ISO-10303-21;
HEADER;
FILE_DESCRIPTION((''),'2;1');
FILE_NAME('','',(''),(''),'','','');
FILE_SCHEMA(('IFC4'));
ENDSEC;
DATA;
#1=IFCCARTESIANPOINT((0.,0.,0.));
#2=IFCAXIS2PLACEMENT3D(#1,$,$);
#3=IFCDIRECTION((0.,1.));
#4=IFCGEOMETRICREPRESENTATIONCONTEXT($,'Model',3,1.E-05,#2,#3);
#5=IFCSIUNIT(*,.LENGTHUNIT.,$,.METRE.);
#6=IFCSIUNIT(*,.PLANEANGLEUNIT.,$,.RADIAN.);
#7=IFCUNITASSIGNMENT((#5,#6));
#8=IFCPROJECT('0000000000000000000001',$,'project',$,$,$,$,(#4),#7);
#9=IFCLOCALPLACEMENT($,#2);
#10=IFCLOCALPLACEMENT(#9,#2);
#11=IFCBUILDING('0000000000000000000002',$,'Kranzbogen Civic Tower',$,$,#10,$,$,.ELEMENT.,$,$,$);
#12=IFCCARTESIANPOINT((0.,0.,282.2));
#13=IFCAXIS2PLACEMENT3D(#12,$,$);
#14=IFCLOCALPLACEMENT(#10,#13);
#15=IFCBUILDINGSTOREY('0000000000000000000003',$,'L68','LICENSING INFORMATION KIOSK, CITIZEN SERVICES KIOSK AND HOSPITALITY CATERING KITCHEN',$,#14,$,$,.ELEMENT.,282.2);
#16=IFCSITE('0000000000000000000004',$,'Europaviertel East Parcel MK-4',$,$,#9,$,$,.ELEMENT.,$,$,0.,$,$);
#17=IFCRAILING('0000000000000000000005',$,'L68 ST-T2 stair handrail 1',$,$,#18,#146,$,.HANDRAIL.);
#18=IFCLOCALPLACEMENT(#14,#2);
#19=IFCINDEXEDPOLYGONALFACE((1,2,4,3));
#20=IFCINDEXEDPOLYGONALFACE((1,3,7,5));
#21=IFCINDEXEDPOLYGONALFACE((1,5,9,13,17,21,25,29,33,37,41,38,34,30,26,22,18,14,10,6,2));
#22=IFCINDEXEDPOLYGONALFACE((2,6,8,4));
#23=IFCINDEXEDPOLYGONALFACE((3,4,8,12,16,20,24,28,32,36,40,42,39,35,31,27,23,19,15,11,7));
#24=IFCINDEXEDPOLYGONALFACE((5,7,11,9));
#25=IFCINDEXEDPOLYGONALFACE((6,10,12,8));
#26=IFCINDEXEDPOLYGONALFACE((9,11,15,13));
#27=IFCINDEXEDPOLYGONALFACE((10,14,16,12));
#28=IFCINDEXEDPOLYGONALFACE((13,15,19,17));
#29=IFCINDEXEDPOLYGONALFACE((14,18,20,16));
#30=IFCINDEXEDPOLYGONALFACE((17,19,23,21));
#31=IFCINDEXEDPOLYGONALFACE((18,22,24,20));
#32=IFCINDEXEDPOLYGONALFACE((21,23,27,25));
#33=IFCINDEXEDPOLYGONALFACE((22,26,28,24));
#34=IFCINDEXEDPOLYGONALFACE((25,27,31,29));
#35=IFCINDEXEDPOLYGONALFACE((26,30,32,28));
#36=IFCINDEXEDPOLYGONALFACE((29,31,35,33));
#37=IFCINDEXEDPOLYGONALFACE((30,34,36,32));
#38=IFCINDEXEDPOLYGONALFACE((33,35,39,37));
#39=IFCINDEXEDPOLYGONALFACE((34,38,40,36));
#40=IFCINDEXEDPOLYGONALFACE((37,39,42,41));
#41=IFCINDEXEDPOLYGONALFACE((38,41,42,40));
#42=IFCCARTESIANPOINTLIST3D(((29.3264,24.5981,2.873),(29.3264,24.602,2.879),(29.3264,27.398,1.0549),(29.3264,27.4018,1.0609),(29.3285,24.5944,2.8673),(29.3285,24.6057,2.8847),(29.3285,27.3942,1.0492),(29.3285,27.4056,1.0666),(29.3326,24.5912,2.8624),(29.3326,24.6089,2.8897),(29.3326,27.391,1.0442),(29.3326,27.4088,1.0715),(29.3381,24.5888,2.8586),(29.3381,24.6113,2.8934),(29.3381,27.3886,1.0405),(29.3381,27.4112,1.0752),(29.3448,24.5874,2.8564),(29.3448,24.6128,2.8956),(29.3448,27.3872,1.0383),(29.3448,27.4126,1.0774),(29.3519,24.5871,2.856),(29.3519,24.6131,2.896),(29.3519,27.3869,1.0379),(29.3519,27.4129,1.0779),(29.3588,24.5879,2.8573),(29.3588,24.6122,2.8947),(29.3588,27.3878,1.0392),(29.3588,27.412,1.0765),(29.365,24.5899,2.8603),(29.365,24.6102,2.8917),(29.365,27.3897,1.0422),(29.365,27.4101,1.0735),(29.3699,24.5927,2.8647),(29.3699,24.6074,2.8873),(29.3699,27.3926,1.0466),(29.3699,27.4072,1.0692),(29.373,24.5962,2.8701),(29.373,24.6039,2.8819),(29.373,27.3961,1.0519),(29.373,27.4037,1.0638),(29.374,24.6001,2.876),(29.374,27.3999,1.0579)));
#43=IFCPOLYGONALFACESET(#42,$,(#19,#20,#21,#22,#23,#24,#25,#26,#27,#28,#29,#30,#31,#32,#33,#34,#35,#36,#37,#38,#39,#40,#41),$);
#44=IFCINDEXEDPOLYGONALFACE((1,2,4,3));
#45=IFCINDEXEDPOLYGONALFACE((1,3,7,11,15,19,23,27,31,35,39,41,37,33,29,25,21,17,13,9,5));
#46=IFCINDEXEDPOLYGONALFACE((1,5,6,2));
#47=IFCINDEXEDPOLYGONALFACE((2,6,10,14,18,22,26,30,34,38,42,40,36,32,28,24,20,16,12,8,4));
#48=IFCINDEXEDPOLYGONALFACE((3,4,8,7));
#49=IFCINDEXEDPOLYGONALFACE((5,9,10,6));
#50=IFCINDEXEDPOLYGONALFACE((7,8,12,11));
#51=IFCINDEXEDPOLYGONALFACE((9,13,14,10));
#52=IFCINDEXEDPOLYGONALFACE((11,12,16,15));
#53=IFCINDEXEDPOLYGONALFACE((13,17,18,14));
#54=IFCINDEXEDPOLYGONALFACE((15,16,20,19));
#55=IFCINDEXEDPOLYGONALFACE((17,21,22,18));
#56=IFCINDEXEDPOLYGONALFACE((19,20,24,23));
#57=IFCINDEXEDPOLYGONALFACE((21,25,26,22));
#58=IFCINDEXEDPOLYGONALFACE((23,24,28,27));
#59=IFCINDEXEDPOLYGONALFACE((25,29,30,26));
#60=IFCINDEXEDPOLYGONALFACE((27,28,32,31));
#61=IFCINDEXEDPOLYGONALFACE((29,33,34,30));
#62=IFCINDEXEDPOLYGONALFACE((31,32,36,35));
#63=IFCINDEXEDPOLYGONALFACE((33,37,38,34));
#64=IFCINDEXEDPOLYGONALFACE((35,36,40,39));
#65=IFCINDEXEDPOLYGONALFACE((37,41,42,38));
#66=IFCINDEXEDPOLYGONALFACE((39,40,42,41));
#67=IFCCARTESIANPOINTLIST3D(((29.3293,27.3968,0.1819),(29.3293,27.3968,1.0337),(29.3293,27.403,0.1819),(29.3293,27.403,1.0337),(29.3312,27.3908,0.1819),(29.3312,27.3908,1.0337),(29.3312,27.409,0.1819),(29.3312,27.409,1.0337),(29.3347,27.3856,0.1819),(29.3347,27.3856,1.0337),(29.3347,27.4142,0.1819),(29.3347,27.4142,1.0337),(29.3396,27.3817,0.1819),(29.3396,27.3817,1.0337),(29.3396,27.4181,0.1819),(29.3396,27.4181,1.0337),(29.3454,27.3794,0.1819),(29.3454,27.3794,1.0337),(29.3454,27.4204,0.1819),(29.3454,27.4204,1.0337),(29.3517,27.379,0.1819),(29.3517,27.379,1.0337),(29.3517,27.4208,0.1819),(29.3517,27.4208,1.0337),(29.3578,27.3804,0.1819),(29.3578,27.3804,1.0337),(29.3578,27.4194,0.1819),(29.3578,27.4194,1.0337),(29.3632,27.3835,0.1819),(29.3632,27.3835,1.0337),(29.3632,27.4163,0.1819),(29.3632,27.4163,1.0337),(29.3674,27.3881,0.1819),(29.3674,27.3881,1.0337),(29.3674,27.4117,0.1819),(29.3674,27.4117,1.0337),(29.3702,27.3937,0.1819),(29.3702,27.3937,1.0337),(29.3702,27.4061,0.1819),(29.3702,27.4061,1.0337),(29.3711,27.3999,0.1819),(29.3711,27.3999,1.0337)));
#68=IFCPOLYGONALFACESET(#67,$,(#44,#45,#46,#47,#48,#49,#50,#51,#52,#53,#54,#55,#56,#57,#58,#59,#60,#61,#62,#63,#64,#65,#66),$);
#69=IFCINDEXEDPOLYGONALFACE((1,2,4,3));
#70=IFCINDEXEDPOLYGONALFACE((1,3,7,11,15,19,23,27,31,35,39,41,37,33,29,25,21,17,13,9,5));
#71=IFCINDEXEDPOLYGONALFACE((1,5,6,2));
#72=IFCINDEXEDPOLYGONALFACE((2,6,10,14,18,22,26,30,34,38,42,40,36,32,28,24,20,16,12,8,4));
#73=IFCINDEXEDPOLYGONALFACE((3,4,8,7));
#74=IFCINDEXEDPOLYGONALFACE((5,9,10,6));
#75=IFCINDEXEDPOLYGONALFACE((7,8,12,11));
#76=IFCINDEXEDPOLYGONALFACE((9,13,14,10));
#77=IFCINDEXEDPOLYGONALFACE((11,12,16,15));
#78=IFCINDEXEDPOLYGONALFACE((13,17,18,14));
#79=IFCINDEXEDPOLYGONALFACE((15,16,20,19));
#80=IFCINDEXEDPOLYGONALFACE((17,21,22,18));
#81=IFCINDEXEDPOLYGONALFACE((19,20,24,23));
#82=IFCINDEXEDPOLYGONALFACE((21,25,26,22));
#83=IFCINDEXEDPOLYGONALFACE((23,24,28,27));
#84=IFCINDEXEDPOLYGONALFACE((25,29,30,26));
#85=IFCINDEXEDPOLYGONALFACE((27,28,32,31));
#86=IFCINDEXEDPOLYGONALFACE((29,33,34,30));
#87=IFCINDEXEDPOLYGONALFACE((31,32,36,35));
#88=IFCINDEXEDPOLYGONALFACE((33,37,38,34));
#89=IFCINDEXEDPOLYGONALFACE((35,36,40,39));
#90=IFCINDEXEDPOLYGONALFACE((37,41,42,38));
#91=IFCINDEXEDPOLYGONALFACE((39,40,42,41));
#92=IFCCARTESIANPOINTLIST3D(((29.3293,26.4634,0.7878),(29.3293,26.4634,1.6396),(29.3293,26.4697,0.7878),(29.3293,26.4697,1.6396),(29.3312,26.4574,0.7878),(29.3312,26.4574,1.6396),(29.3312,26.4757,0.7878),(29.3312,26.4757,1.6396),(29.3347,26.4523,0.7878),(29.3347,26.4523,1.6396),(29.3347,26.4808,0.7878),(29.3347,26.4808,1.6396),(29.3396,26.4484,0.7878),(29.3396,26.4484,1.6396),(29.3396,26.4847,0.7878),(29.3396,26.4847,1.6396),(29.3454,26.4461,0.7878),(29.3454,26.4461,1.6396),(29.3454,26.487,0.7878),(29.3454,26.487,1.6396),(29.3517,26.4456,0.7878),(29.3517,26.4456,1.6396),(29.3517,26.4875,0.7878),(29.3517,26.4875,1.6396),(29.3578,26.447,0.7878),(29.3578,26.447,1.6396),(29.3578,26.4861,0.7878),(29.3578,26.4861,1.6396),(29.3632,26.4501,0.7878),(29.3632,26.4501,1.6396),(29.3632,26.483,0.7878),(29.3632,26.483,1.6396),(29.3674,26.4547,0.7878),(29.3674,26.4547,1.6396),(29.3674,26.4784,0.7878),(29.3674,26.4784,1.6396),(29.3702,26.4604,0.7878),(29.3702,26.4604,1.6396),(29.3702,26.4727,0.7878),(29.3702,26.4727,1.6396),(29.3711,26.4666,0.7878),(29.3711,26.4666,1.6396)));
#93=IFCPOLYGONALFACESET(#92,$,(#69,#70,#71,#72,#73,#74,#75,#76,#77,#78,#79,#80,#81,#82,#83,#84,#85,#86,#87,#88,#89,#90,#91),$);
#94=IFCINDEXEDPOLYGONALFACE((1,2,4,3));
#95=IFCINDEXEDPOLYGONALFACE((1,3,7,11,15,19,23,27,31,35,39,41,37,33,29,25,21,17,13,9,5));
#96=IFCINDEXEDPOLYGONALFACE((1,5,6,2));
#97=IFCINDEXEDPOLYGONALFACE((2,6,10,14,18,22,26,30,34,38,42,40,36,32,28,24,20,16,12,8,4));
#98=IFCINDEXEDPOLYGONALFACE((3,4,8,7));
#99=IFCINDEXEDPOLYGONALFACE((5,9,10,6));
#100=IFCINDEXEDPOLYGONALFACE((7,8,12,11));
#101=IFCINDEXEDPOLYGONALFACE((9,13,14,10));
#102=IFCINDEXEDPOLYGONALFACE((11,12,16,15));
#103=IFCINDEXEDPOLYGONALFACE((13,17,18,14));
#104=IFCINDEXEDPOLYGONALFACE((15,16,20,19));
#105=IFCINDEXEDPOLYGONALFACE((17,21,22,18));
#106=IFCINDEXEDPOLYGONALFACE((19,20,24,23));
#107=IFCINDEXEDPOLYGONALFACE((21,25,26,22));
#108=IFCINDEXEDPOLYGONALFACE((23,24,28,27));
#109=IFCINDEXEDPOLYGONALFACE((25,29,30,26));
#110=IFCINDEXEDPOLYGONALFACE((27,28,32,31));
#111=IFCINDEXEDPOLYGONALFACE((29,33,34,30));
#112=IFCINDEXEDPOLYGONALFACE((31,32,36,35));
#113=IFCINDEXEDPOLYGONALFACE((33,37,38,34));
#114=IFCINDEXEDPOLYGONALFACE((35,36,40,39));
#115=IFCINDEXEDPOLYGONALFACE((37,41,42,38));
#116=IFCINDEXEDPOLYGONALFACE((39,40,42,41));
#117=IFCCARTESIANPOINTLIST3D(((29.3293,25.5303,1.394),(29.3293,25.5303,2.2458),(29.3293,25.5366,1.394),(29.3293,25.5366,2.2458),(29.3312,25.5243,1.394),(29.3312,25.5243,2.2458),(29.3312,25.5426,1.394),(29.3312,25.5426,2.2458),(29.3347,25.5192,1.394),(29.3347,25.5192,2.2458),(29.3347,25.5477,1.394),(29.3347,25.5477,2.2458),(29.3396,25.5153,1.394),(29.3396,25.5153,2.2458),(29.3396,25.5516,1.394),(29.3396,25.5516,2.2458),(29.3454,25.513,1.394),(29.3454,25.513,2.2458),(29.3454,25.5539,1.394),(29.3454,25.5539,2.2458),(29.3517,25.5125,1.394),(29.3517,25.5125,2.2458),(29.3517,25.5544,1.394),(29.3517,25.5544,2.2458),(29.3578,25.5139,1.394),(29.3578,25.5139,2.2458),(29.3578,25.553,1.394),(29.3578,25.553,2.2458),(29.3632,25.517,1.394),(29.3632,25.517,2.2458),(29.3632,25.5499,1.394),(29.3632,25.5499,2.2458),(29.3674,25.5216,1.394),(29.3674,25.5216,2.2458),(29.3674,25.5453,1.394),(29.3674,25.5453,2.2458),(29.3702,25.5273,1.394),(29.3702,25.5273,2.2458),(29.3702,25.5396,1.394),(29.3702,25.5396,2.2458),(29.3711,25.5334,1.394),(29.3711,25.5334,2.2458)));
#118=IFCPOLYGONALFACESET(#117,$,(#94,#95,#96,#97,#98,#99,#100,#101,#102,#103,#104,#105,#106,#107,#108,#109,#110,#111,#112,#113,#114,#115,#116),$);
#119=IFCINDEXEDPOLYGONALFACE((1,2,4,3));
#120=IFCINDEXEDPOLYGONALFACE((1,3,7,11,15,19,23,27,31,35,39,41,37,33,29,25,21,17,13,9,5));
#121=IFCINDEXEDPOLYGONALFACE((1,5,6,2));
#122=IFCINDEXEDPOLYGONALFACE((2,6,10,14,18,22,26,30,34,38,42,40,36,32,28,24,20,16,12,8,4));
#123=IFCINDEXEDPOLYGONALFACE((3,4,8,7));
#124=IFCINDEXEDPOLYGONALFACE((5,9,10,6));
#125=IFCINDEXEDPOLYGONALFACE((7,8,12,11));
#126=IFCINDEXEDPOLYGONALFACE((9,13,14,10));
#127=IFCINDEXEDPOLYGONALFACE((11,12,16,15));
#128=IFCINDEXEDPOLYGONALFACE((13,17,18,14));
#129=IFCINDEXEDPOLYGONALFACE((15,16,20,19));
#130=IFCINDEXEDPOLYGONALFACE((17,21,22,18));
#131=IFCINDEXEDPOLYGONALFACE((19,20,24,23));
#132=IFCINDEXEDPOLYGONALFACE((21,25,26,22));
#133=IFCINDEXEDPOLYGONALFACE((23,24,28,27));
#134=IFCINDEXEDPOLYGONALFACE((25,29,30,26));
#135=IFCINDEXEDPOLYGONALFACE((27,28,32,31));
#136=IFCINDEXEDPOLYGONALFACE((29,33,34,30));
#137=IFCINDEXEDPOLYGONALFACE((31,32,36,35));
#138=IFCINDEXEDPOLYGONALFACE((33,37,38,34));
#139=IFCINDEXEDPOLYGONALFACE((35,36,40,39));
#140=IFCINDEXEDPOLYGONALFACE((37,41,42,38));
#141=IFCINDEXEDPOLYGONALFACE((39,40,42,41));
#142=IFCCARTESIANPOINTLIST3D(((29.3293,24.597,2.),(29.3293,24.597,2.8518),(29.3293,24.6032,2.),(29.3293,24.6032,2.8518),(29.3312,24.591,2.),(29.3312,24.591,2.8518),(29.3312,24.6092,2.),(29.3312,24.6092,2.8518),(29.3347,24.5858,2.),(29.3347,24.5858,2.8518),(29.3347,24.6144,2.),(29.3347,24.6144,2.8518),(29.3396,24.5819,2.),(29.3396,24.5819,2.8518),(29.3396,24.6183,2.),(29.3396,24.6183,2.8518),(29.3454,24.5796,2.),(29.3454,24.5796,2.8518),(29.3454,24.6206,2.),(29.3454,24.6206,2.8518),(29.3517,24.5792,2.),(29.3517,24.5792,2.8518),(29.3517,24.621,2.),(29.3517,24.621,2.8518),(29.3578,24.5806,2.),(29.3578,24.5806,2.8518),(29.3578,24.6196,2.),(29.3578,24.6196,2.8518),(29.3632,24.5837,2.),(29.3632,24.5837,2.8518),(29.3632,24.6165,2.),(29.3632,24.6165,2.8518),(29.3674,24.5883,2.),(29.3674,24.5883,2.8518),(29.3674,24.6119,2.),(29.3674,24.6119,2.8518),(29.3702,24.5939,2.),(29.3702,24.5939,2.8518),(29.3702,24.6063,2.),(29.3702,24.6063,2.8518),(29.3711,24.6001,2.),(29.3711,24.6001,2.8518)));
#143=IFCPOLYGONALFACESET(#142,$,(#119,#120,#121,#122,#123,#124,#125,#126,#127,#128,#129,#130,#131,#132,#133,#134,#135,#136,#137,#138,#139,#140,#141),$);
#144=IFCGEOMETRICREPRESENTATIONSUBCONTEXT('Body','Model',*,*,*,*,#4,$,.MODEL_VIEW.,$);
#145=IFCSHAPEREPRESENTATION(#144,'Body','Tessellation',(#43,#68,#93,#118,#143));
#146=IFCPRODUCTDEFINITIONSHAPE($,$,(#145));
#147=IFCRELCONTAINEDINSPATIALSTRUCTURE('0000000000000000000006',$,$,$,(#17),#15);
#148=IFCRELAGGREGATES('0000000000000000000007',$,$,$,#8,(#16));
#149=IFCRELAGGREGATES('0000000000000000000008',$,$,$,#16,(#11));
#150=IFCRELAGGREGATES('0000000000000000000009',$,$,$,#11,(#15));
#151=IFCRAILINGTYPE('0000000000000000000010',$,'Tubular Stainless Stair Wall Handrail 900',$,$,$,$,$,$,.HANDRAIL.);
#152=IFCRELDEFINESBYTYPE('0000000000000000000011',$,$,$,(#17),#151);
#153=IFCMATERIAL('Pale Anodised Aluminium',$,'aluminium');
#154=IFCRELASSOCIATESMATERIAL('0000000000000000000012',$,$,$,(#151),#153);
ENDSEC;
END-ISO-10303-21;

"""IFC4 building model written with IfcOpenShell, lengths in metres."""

from ifc_helpers import new_model, si_unit, direction, frame, origin, origin_2d, place, context, subcontext, project, spatial, circle, extrude, material, type_object, element, save


model = new_model("IFC4")

# Units and contexts
model_context = context("Model", 3, precision=1e-05, world=origin(), true_north=direction((0.0, 1.0)))
body_context = subcontext(model_context, "Body", "Model", "MODEL_VIEW")
ifc_project = project(units=[si_unit("LENGTHUNIT", "METRE"), si_unit("PLANEANGLEUNIT", "RADIAN")], contexts=[model_context])

# Site, building, storey
site_placement = place(None, origin())
site = spatial("IfcSite", under=ifc_project, at=site_placement, Name="Europaviertel East Parcel MK-4", CompositionType="ELEMENT", RefElevation=0.0)
building_placement = place(site_placement, origin())
building = spatial("IfcBuilding", under=site, at=building_placement, Name="Kranzbogen Civic Tower", CompositionType="ELEMENT")
storey_placement = place(building_placement, frame((0.0, 0.0, 282.2)))
storey = spatial("IfcBuildingStorey", under=building, at=storey_placement, Name="L68", Description="LICENSING INFORMATION KIOSK, CITIZEN SERVICES KIOSK AND HOSPITALITY CATERING KITCHEN", CompositionType="ELEMENT", Elevation=282.2)

# Shared definitions
ifc_material_1 = material(Name="Pale Anodised Aluminium", Category="aluminium")

# Railing
railing_type_1 = type_object("IfcRailingType", Name="Tubular Stainless Stair Wall Handrail 900", PredefinedType="HANDRAIL", material=ifc_material_1)
railing_1_placement = place(storey_placement, frame((29.3501, 27.3999, 0.1819)))
element("IfcRailing", 1, at=railing_1_placement, inside=storey, type_object=railing_type_1, Name="L68 ST-T2 stair handrail 1", PredefinedType="HANDRAIL", context=body_context, shape_type="SweptSolid", body=[
    extrude(circle(Radius=0.0239, at=origin_2d()), frame((0.0, 0.0, 0.876), z_axis=(0.0, -0.838684, 0.544618), x_axis=(1.0, 0.0, 0.0)), (0.0, 0.0, 1.0), 3.3384),
    extrude(circle(Radius=0.021, at=origin_2d()), origin(), (0.0, 0.0, 1.0), 0.8518),
    extrude(circle(Radius=0.021, at=origin_2d()), frame((0.0, -0.9333, 0.606)), (0.0, 0.0, 1.0), 0.8518),
    extrude(circle(Radius=0.021, at=origin_2d()), frame((0.0, -1.8665, 1.2122)), (0.0, 0.0, 1.0), 0.8518),
    extrude(circle(Radius=0.021, at=origin_2d()), frame((0.0, -2.7998, 1.8181)), (0.0, 0.0, 1.0), 0.8518),
])

save(model, "model.ifc")
